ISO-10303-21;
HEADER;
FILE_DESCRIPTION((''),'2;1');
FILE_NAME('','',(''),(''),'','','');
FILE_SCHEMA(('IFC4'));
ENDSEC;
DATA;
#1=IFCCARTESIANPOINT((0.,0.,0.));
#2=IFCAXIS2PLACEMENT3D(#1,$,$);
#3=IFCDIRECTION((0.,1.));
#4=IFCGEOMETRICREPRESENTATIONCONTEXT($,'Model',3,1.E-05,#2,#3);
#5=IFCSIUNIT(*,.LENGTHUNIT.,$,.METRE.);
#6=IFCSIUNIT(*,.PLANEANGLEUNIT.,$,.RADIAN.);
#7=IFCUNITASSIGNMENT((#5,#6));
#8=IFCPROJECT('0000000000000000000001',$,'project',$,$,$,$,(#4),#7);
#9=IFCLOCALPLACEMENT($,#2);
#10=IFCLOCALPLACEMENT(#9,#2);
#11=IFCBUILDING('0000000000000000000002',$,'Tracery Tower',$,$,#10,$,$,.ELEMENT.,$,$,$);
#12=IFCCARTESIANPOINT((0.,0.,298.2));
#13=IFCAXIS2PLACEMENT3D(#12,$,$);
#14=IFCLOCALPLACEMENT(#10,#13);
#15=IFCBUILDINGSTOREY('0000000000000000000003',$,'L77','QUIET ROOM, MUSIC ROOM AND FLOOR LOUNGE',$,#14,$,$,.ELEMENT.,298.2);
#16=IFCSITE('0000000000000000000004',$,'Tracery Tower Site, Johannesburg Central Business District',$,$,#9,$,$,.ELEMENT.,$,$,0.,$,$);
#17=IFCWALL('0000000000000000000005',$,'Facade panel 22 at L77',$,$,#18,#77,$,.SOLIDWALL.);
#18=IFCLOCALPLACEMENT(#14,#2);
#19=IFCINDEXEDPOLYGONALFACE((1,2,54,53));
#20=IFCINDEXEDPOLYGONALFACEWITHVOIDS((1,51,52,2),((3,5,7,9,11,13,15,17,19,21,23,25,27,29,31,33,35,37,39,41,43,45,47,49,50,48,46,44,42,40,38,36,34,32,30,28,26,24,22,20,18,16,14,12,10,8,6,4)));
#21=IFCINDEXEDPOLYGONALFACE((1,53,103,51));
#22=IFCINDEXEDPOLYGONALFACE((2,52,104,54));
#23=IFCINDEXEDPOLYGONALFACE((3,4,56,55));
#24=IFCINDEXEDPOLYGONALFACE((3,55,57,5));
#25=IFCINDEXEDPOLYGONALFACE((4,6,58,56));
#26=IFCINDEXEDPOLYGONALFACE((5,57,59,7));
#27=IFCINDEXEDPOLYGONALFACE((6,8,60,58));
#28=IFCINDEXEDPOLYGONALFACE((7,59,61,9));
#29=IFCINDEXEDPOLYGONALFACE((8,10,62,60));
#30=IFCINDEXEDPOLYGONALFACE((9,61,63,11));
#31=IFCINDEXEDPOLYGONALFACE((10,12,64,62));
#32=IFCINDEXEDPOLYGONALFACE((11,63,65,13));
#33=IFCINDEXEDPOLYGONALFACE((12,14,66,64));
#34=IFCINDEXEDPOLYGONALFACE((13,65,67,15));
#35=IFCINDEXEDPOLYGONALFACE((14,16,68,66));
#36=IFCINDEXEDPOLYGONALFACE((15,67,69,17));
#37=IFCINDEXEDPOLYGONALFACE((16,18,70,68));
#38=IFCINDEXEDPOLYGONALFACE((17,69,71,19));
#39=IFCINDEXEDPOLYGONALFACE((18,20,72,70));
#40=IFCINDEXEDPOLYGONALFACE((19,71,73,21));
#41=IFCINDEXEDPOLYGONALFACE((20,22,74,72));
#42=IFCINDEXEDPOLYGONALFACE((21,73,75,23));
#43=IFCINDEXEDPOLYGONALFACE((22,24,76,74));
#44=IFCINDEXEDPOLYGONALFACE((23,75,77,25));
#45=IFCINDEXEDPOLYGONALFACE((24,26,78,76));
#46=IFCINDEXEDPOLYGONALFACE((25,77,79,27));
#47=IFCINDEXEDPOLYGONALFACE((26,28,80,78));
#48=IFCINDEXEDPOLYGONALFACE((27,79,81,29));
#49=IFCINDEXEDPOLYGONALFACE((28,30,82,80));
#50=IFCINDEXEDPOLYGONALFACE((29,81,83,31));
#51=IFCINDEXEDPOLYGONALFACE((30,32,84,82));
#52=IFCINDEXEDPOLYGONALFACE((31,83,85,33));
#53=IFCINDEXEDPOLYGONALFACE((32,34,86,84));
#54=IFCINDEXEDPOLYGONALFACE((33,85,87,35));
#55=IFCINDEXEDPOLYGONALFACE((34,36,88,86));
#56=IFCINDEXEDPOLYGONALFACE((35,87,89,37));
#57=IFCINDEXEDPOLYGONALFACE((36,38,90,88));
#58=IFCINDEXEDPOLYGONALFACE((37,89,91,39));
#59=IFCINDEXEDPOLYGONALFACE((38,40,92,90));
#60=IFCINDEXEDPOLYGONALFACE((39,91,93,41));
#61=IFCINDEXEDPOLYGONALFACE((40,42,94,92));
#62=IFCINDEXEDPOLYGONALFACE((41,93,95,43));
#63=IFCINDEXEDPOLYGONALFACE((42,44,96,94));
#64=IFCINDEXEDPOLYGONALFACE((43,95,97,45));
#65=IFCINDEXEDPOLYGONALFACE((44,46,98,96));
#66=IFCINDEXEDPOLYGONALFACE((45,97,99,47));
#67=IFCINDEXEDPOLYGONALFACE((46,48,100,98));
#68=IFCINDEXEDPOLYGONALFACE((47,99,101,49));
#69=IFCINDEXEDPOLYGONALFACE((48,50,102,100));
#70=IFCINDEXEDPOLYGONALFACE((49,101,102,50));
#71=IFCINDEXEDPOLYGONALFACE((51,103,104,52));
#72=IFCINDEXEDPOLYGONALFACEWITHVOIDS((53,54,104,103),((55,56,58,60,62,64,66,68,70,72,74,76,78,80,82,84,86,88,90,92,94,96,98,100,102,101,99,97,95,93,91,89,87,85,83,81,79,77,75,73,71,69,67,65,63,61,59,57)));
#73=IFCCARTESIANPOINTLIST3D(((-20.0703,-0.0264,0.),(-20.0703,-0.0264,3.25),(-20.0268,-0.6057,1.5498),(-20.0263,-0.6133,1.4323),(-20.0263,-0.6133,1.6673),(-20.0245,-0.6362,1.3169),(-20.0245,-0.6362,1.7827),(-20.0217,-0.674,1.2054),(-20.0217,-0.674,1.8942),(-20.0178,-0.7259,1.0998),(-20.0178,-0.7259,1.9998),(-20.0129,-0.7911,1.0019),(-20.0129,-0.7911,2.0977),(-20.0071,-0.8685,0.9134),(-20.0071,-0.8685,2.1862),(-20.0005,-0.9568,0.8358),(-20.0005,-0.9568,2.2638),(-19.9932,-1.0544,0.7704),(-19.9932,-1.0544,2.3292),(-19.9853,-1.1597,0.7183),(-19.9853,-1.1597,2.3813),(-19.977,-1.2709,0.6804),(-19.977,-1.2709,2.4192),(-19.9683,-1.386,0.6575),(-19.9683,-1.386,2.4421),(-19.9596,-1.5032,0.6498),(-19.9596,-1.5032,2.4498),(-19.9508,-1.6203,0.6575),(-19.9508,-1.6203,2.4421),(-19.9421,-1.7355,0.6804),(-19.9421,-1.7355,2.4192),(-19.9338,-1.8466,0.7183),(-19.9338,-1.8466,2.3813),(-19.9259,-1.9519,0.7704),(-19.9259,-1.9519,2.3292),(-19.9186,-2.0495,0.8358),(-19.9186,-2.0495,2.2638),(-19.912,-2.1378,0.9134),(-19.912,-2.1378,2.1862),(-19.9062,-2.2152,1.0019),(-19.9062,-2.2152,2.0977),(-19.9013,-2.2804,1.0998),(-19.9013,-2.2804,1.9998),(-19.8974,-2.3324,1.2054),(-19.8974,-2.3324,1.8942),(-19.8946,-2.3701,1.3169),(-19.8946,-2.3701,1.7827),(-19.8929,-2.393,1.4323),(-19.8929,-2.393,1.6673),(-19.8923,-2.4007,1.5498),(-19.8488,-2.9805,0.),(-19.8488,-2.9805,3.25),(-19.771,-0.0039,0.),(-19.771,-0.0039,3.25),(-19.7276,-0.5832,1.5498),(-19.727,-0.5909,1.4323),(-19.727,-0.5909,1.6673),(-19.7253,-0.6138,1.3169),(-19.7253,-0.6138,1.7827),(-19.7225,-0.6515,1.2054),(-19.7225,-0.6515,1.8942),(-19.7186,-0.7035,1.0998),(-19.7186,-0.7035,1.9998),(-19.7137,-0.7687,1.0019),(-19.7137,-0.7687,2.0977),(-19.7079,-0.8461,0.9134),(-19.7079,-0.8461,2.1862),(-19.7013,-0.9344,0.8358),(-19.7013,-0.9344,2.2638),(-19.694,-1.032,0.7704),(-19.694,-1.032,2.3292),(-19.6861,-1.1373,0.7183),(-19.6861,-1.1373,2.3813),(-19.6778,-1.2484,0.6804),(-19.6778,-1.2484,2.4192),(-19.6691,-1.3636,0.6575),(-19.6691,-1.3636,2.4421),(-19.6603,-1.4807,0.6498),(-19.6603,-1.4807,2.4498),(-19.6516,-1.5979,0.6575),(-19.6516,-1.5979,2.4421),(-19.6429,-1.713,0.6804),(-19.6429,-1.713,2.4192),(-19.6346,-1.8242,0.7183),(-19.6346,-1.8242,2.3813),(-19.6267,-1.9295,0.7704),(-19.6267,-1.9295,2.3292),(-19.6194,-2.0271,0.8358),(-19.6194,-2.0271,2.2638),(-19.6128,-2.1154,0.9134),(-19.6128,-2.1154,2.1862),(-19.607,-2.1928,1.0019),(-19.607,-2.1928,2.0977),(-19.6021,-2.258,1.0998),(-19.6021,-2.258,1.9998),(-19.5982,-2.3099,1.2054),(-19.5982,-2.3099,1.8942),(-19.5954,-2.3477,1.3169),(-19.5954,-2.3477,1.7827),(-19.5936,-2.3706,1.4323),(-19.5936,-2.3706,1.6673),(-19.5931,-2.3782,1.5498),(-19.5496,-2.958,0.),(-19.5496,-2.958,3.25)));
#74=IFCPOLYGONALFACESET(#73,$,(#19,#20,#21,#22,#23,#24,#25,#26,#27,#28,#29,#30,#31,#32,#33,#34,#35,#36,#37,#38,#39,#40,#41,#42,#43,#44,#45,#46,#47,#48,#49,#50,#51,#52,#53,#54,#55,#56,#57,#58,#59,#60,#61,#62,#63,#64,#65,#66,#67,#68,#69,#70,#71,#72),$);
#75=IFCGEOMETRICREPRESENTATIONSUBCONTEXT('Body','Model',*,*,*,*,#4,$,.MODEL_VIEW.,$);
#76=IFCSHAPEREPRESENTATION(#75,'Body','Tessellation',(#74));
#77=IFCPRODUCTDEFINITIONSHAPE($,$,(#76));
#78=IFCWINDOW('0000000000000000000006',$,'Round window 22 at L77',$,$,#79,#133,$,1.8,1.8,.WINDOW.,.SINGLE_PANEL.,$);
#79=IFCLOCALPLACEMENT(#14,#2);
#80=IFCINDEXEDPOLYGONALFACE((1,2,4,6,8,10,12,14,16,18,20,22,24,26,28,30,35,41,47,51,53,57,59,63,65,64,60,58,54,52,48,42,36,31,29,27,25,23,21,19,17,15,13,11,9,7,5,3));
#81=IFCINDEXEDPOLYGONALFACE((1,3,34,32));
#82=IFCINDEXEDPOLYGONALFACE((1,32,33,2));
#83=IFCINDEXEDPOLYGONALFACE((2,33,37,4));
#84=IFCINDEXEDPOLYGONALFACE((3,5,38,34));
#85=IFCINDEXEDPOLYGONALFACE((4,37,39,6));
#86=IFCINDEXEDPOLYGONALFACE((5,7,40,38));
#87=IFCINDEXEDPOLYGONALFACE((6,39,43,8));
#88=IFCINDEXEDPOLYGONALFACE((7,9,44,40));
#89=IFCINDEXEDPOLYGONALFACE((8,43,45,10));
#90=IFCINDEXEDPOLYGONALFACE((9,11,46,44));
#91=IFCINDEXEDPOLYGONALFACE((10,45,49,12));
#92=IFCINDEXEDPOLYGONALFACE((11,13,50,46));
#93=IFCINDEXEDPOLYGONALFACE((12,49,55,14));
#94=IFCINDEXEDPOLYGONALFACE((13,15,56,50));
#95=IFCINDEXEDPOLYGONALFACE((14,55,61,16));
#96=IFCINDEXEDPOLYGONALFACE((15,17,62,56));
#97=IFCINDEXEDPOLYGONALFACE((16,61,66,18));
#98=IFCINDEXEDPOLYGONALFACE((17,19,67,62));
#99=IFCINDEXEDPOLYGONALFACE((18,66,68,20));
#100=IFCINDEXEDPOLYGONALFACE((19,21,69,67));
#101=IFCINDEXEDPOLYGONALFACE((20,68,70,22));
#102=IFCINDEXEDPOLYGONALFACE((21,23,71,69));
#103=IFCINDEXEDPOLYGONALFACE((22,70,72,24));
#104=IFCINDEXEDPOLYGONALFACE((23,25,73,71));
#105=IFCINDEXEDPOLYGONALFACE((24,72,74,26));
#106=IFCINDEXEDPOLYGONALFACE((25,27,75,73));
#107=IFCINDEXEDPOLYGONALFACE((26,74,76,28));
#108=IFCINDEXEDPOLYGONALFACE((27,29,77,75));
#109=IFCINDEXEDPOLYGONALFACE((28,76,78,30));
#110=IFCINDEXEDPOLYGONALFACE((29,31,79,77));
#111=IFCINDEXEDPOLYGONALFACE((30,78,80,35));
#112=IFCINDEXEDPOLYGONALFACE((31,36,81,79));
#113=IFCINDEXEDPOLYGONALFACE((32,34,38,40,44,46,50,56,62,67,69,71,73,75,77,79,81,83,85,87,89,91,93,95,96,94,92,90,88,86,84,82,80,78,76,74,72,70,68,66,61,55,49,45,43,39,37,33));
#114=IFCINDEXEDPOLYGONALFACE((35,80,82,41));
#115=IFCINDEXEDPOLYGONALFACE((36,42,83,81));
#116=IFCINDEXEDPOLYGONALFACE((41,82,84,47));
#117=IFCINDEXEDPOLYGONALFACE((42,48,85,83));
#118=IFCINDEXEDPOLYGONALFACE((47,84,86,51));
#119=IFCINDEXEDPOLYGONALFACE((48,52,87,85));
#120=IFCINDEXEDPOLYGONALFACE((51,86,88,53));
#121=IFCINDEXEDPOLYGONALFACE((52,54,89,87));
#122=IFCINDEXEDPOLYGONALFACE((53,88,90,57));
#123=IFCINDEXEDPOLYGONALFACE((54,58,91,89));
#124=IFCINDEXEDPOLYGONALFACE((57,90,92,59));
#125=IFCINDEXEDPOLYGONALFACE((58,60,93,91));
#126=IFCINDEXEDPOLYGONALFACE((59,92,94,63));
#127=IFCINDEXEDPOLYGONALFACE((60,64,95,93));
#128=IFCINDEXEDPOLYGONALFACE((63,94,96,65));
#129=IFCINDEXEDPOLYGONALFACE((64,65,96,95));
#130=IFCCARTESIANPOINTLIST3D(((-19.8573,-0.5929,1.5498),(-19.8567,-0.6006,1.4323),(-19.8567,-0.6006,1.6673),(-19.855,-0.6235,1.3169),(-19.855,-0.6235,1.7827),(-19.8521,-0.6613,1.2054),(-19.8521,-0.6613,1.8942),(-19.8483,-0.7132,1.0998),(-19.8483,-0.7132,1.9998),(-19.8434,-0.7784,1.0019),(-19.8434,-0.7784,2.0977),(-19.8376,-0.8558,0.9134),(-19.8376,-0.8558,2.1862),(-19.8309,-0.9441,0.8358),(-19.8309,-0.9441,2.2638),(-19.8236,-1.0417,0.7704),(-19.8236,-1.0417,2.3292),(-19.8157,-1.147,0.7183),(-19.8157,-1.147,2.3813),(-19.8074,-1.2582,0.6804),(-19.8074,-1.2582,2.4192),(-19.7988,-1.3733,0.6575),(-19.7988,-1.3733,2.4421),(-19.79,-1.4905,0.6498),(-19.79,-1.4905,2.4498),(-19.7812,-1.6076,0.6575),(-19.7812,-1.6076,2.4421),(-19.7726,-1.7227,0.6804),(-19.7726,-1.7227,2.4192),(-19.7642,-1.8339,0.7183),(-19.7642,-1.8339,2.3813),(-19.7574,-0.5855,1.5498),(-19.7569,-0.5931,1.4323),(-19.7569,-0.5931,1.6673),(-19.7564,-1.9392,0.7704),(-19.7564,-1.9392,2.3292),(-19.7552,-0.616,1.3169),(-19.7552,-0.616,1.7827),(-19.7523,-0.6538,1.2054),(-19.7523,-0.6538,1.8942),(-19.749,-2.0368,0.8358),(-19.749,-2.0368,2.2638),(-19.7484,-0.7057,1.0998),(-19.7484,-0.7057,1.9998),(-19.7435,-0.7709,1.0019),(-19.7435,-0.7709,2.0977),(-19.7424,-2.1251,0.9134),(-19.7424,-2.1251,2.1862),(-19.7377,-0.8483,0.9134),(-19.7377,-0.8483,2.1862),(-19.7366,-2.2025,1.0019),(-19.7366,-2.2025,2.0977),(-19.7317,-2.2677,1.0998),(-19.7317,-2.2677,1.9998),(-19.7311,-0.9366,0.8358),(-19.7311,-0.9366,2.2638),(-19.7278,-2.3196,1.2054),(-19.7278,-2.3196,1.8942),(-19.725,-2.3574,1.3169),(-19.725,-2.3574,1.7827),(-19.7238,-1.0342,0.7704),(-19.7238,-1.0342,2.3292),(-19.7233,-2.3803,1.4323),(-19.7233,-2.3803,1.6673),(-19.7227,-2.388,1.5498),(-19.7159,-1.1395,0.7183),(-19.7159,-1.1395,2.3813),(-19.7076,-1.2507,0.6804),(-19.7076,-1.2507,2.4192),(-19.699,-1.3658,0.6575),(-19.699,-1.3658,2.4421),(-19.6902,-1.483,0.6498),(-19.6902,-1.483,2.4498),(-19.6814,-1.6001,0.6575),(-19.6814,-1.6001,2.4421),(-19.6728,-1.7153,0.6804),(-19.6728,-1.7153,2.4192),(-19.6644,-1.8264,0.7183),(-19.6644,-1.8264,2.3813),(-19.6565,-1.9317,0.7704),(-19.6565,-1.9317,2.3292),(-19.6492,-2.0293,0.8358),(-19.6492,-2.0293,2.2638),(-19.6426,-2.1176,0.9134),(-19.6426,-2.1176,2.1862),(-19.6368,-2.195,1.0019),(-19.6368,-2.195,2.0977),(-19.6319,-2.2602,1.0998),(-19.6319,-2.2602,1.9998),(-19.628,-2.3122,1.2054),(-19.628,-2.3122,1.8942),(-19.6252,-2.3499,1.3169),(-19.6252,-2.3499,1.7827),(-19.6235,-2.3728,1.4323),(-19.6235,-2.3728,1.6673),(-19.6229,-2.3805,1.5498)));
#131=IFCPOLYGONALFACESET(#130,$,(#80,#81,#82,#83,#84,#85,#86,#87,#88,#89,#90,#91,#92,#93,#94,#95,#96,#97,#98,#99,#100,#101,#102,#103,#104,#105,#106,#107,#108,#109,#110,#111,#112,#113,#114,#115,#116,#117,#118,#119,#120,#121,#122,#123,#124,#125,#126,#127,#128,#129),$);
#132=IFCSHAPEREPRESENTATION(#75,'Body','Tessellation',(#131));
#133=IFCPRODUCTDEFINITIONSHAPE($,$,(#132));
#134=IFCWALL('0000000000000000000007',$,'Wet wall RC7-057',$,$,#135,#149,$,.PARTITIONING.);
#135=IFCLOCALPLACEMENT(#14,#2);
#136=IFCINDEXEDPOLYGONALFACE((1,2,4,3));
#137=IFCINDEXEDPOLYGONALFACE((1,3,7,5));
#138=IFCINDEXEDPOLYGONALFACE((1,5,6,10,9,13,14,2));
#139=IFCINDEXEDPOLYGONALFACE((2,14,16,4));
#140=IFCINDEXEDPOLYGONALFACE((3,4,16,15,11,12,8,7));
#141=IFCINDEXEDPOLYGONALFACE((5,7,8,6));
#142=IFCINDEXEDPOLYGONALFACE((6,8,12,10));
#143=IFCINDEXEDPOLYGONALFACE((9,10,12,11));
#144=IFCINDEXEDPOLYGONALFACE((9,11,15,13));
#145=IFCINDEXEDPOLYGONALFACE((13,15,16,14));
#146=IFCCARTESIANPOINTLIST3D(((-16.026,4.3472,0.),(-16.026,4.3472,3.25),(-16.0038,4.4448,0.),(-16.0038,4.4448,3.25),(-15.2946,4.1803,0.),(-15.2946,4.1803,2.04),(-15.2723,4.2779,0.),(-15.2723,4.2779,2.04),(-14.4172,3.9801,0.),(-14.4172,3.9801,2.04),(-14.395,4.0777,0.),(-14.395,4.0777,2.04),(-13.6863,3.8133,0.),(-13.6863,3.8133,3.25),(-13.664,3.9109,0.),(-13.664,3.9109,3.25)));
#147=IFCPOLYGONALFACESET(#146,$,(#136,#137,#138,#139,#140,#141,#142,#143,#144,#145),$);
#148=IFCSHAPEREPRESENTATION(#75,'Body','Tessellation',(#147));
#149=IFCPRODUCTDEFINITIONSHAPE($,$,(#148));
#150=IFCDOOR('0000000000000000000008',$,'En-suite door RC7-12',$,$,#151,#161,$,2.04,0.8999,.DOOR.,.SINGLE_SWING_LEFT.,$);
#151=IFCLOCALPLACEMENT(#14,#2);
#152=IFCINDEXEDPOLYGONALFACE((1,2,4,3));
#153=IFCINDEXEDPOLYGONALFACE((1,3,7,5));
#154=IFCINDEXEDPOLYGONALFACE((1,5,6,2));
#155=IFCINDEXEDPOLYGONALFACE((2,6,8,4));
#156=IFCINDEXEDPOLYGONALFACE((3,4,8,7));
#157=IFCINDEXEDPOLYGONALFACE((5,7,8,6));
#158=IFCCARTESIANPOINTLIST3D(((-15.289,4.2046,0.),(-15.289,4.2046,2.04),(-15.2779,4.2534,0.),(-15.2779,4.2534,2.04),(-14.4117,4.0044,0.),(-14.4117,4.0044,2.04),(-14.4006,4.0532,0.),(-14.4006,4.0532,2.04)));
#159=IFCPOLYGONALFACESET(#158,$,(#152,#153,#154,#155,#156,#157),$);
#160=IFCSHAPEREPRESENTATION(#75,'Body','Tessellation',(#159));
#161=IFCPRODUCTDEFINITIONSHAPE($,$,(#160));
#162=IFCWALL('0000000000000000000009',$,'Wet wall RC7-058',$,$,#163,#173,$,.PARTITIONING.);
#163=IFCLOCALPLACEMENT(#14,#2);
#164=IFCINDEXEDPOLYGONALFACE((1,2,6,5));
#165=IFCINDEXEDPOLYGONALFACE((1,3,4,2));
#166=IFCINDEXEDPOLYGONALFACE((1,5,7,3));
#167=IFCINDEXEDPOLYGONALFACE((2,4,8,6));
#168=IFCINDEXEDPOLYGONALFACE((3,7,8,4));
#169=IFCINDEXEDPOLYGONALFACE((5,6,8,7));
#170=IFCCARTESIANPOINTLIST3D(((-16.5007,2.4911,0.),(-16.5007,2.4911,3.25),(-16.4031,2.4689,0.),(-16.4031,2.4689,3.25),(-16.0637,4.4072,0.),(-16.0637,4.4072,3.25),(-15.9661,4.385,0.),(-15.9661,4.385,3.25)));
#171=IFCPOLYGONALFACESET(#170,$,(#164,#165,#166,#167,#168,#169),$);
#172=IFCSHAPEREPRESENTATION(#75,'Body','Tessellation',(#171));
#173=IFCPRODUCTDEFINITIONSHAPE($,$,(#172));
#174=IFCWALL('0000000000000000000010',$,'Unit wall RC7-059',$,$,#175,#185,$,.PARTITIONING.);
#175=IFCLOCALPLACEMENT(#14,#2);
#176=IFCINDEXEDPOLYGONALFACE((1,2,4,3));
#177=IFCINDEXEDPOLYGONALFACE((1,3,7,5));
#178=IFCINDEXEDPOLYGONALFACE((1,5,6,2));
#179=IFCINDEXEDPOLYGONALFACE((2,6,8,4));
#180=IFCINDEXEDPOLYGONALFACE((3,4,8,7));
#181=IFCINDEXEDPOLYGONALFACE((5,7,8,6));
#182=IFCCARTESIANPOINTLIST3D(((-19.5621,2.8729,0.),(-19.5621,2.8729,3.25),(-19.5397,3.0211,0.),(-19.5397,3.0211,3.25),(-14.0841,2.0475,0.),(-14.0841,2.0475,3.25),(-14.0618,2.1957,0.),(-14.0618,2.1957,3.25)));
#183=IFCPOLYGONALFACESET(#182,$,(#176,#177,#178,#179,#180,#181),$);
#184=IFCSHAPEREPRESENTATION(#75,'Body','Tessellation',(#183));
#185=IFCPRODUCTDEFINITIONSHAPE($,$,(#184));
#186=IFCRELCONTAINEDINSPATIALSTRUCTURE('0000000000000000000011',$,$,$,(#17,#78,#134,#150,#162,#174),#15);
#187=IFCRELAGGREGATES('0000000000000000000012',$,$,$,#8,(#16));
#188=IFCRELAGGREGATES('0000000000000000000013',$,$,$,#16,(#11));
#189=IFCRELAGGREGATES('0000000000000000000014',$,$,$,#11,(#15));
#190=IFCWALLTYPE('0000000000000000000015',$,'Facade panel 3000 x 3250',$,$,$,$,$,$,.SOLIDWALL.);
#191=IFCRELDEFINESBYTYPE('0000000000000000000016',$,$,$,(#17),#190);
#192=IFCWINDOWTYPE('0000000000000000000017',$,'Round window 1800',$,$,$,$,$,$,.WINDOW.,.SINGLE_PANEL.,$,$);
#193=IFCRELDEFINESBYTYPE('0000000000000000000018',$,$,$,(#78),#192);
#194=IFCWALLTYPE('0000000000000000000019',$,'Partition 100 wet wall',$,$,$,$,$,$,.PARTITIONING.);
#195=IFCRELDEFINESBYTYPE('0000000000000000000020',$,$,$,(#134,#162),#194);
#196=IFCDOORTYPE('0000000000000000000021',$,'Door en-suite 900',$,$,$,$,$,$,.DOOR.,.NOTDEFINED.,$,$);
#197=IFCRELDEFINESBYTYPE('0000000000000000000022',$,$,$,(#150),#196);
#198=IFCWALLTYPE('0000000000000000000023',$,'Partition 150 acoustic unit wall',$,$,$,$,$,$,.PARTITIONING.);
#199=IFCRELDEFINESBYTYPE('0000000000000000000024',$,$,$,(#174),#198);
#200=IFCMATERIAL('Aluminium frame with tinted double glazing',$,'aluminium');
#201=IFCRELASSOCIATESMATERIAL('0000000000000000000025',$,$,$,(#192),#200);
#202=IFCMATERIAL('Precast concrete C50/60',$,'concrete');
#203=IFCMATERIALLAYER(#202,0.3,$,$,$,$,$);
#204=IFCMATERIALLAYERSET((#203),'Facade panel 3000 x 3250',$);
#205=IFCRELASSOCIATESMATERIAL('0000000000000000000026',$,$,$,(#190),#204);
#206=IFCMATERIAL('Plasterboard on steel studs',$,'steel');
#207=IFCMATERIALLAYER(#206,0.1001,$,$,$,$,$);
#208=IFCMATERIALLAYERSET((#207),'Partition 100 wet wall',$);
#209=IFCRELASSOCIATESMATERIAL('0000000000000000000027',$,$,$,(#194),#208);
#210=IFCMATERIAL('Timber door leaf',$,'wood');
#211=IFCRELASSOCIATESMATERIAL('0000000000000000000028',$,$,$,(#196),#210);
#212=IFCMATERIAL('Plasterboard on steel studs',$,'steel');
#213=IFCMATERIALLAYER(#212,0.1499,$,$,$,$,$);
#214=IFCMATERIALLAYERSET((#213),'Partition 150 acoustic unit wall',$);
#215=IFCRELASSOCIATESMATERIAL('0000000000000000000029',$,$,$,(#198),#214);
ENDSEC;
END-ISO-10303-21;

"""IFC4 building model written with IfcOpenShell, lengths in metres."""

from ifc_helpers import new_model, si_unit, direction, frame, frame_2d, origin, origin_2d, place, context, subcontext, project, spatial, rectangle, circle, extrude, material, layer, layer_set, type_object, element, fill, save


model = new_model("IFC4")

# Units and contexts
model_context = context("Model", 3, precision=1e-05, world=origin(), true_north=direction((0.0, 1.0)))
body_context = subcontext(model_context, "Body", "Model", "MODEL_VIEW")
ifc_project = project(units=[si_unit("LENGTHUNIT", "METRE"), si_unit("PLANEANGLEUNIT", "RADIAN")], contexts=[model_context])

# Site, building, storey
site_placement = place(None, origin())
site = spatial("IfcSite", under=ifc_project, at=site_placement, Name="Tracery Tower Site, Johannesburg Central Business District", CompositionType="ELEMENT", RefElevation=0.0)
building_placement = place(site_placement, origin())
building = spatial("IfcBuilding", under=site, at=building_placement, Name="Tracery Tower", CompositionType="ELEMENT")
storey_placement = place(building_placement, frame((0.0, 0.0, 298.2)))
storey = spatial("IfcBuildingStorey", under=building, at=storey_placement, Name="L77", Description="QUIET ROOM, MUSIC ROOM AND FLOOR LOUNGE", CompositionType="ELEMENT", Elevation=298.2)

# Wall, opening, window
ifc_material_1 = material(Name="Aluminium frame with tinted double glazing", Category="aluminium")
window_type = type_object("IfcWindowType", Name="Round window 1800", PartitioningType="SINGLE_PANEL", PredefinedType="WINDOW", material=ifc_material_1)
ifc_material_2 = material(Name="Precast concrete C50/60", Category="concrete")
ifc_layer_1 = layer(ifc_material_2, 0.3)
ifc_layer_set_1 = layer_set([ifc_layer_1], Name="Facade panel 3000 x 3250")
wall_type_1 = type_object("IfcWallType", Name="Facade panel 3000 x 3250", PredefinedType="SOLIDWALL", material=ifc_layer_set_1)
wall_1_placement = place(storey_placement, frame((-19.9207, -0.0151, 0.0), z_axis=(0.0, 0.0, 1.0), x_axis=(0.074749, -0.997202, 0.0)))
wall_1 = element("IfcWall", 1, at=wall_1_placement, inside=storey, type_object=wall_type_1, Name="Facade panel 22 at L77", PredefinedType="SOLIDWALL", context=body_context, shape_type="SweptSolid", body=[
    extrude(rectangle(XDim=2.9624, YDim=0.3, at=frame_2d((1.4812, 0.0))), origin(), (0.0, 0.0, 1.0), 3.25),
])
opening_1_placement = place(wall_1_placement, frame((1.481, 0.0, 1.5498)))
opening_1 = element("IfcOpeningElement", 2, at=opening_1_placement, cuts=wall_1, PredefinedType="OPENING", context=body_context, shape_type="SweptSolid", body=[
    extrude(circle(Radius=0.9, at=origin_2d()), frame((0.0, 0.1599, 0.0), z_axis=(0.0, -1.0, 0.0), x_axis=(1.0, 0.0, 0.0)), (0.0, 0.0, 1.0), 0.3201),
])
window_1_placement = place(opening_1_placement, origin())
window_1 = element("IfcWindow", 3, at=window_1_placement, inside=storey, type_object=window_type, Name="Round window 22 at L77", OverallHeight=1.8, OverallWidth=1.8, PartitioningType="SINGLE_PANEL", PredefinedType="WINDOW", context=body_context, shape_type="SweptSolid", body=[
    extrude(circle(Radius=0.9, at=origin_2d()), frame((0.0, 0.1201, 0.0), z_axis=(0.0, -1.0, 0.0), x_axis=(1.0, 0.0, 0.0)), (0.0, 0.0, 1.0), 0.1001),
])
fill(opening_1, window_1)

# Wall, opening, door
ifc_material_3 = material(Name="Plasterboard on steel studs", Category="steel")
ifc_layer_2 = layer(ifc_material_3, 0.1001)
ifc_layer_set_2 = layer_set([ifc_layer_2], Name="Partition 100 wet wall")
wall_type_2 = type_object("IfcWallType", Name="Partition 100 wet wall", PredefinedType="PARTITIONING", material=ifc_layer_set_2)
wall_2_placement = place(storey_placement, frame((-16.0149, 4.396, 0.0), z_axis=(0.0, 0.0, 1.0), x_axis=(0.974939, -0.222474, 0.0)))
wall_2 = element("IfcWall", 4, at=wall_2_placement, inside=storey, type_object=wall_type_2, Name="Wet wall RC7-057", PredefinedType="PARTITIONING", context=body_context, shape_type="SweptSolid", body=[
    extrude(rectangle(XDim=2.3999, YDim=0.1001, at=frame_2d((1.2, 0.0))), origin(), (0.0, 0.0, 1.0), 3.25),
])
opening_2_placement = place(wall_2_placement, frame((0.7502, 0.0, 0.0)))
opening_2 = element("IfcOpeningElement", 5, at=opening_2_placement, cuts=wall_2, PredefinedType="OPENING", context=body_context, shape_type="SweptSolid", body=[
    extrude(rectangle(XDim=0.8999, YDim=2.04, at=frame_2d((0.45, 1.02))), frame((0.0, 0.05, 0.0), z_axis=(0.0, -1.0, 0.0), x_axis=(1.0, 0.0, 0.0)), (0.0, 0.0, 1.0), 0.1001),
])
ifc_material_4 = material(Name="Timber door leaf", Category="wood")
door_type_1 = type_object("IfcDoorType", Name="Door en-suite 900", OperationType="NOTDEFINED", PredefinedType="DOOR", material=ifc_material_4)
door_1_placement = place(opening_2_placement, origin())
door_1 = element("IfcDoor", 6, at=door_1_placement, inside=storey, type_object=door_type_1, Name="En-suite door RC7-12", OperationType="SINGLE_SWING_LEFT", OverallHeight=2.04, OverallWidth=0.8999, PredefinedType="DOOR", context=body_context, shape_type="SweptSolid", body=[
    extrude(rectangle(XDim=0.8999, YDim=2.04, at=frame_2d((0.45, 1.02))), frame((0.0, 0.0249, 0.0), z_axis=(0.0, -1.0, 0.0), x_axis=(1.0, 0.0, 0.0)), (0.0, 0.0, 1.0), 0.05),
])
fill(opening_2, door_1)

# Walls
wall_3_placement = place(storey_placement, frame((-16.4519, 2.48, 0.0), z_axis=(0.0, 0.0, 1.0), x_axis=(0.222373, 0.974962, 0.0)))
element("IfcWall", 7, at=wall_3_placement, inside=storey, type_object=wall_type_2, Name="Wet wall RC7-058", PredefinedType="PARTITIONING", context=body_context, shape_type="SweptSolid", body=[
    extrude(rectangle(XDim=1.9653, YDim=0.1001, at=frame_2d((0.9827, 0.0))), origin(), (0.0, 0.0, 1.0), 3.25),
])
ifc_material_5 = material(Name="Plasterboard on steel studs", Category="steel")
ifc_layer_3 = layer(ifc_material_5, 0.1499)
ifc_layer_set_3 = layer_set([ifc_layer_3], Name="Partition 150 acoustic unit wall")
wall_type_3 = type_object("IfcWallType", Name="Partition 150 acoustic unit wall", PredefinedType="PARTITIONING", material=ifc_layer_set_3)
wall_4_placement = place(storey_placement, frame((-19.551, 2.947, 0.0), z_axis=(0.0, 0.0, 1.0), x_axis=(0.988837, -0.149, 0.0)))
element("IfcWall", 8, at=wall_4_placement, inside=storey, type_object=wall_type_3, Name="Unit wall RC7-059", PredefinedType="PARTITIONING", context=body_context, shape_type="SweptSolid", body=[
    extrude(rectangle(XDim=5.5398, YDim=0.1499, at=frame_2d((2.77, 0.0))), origin(), (0.0, 0.0, 1.0), 3.25),
])

save(model, "model.ifc")
